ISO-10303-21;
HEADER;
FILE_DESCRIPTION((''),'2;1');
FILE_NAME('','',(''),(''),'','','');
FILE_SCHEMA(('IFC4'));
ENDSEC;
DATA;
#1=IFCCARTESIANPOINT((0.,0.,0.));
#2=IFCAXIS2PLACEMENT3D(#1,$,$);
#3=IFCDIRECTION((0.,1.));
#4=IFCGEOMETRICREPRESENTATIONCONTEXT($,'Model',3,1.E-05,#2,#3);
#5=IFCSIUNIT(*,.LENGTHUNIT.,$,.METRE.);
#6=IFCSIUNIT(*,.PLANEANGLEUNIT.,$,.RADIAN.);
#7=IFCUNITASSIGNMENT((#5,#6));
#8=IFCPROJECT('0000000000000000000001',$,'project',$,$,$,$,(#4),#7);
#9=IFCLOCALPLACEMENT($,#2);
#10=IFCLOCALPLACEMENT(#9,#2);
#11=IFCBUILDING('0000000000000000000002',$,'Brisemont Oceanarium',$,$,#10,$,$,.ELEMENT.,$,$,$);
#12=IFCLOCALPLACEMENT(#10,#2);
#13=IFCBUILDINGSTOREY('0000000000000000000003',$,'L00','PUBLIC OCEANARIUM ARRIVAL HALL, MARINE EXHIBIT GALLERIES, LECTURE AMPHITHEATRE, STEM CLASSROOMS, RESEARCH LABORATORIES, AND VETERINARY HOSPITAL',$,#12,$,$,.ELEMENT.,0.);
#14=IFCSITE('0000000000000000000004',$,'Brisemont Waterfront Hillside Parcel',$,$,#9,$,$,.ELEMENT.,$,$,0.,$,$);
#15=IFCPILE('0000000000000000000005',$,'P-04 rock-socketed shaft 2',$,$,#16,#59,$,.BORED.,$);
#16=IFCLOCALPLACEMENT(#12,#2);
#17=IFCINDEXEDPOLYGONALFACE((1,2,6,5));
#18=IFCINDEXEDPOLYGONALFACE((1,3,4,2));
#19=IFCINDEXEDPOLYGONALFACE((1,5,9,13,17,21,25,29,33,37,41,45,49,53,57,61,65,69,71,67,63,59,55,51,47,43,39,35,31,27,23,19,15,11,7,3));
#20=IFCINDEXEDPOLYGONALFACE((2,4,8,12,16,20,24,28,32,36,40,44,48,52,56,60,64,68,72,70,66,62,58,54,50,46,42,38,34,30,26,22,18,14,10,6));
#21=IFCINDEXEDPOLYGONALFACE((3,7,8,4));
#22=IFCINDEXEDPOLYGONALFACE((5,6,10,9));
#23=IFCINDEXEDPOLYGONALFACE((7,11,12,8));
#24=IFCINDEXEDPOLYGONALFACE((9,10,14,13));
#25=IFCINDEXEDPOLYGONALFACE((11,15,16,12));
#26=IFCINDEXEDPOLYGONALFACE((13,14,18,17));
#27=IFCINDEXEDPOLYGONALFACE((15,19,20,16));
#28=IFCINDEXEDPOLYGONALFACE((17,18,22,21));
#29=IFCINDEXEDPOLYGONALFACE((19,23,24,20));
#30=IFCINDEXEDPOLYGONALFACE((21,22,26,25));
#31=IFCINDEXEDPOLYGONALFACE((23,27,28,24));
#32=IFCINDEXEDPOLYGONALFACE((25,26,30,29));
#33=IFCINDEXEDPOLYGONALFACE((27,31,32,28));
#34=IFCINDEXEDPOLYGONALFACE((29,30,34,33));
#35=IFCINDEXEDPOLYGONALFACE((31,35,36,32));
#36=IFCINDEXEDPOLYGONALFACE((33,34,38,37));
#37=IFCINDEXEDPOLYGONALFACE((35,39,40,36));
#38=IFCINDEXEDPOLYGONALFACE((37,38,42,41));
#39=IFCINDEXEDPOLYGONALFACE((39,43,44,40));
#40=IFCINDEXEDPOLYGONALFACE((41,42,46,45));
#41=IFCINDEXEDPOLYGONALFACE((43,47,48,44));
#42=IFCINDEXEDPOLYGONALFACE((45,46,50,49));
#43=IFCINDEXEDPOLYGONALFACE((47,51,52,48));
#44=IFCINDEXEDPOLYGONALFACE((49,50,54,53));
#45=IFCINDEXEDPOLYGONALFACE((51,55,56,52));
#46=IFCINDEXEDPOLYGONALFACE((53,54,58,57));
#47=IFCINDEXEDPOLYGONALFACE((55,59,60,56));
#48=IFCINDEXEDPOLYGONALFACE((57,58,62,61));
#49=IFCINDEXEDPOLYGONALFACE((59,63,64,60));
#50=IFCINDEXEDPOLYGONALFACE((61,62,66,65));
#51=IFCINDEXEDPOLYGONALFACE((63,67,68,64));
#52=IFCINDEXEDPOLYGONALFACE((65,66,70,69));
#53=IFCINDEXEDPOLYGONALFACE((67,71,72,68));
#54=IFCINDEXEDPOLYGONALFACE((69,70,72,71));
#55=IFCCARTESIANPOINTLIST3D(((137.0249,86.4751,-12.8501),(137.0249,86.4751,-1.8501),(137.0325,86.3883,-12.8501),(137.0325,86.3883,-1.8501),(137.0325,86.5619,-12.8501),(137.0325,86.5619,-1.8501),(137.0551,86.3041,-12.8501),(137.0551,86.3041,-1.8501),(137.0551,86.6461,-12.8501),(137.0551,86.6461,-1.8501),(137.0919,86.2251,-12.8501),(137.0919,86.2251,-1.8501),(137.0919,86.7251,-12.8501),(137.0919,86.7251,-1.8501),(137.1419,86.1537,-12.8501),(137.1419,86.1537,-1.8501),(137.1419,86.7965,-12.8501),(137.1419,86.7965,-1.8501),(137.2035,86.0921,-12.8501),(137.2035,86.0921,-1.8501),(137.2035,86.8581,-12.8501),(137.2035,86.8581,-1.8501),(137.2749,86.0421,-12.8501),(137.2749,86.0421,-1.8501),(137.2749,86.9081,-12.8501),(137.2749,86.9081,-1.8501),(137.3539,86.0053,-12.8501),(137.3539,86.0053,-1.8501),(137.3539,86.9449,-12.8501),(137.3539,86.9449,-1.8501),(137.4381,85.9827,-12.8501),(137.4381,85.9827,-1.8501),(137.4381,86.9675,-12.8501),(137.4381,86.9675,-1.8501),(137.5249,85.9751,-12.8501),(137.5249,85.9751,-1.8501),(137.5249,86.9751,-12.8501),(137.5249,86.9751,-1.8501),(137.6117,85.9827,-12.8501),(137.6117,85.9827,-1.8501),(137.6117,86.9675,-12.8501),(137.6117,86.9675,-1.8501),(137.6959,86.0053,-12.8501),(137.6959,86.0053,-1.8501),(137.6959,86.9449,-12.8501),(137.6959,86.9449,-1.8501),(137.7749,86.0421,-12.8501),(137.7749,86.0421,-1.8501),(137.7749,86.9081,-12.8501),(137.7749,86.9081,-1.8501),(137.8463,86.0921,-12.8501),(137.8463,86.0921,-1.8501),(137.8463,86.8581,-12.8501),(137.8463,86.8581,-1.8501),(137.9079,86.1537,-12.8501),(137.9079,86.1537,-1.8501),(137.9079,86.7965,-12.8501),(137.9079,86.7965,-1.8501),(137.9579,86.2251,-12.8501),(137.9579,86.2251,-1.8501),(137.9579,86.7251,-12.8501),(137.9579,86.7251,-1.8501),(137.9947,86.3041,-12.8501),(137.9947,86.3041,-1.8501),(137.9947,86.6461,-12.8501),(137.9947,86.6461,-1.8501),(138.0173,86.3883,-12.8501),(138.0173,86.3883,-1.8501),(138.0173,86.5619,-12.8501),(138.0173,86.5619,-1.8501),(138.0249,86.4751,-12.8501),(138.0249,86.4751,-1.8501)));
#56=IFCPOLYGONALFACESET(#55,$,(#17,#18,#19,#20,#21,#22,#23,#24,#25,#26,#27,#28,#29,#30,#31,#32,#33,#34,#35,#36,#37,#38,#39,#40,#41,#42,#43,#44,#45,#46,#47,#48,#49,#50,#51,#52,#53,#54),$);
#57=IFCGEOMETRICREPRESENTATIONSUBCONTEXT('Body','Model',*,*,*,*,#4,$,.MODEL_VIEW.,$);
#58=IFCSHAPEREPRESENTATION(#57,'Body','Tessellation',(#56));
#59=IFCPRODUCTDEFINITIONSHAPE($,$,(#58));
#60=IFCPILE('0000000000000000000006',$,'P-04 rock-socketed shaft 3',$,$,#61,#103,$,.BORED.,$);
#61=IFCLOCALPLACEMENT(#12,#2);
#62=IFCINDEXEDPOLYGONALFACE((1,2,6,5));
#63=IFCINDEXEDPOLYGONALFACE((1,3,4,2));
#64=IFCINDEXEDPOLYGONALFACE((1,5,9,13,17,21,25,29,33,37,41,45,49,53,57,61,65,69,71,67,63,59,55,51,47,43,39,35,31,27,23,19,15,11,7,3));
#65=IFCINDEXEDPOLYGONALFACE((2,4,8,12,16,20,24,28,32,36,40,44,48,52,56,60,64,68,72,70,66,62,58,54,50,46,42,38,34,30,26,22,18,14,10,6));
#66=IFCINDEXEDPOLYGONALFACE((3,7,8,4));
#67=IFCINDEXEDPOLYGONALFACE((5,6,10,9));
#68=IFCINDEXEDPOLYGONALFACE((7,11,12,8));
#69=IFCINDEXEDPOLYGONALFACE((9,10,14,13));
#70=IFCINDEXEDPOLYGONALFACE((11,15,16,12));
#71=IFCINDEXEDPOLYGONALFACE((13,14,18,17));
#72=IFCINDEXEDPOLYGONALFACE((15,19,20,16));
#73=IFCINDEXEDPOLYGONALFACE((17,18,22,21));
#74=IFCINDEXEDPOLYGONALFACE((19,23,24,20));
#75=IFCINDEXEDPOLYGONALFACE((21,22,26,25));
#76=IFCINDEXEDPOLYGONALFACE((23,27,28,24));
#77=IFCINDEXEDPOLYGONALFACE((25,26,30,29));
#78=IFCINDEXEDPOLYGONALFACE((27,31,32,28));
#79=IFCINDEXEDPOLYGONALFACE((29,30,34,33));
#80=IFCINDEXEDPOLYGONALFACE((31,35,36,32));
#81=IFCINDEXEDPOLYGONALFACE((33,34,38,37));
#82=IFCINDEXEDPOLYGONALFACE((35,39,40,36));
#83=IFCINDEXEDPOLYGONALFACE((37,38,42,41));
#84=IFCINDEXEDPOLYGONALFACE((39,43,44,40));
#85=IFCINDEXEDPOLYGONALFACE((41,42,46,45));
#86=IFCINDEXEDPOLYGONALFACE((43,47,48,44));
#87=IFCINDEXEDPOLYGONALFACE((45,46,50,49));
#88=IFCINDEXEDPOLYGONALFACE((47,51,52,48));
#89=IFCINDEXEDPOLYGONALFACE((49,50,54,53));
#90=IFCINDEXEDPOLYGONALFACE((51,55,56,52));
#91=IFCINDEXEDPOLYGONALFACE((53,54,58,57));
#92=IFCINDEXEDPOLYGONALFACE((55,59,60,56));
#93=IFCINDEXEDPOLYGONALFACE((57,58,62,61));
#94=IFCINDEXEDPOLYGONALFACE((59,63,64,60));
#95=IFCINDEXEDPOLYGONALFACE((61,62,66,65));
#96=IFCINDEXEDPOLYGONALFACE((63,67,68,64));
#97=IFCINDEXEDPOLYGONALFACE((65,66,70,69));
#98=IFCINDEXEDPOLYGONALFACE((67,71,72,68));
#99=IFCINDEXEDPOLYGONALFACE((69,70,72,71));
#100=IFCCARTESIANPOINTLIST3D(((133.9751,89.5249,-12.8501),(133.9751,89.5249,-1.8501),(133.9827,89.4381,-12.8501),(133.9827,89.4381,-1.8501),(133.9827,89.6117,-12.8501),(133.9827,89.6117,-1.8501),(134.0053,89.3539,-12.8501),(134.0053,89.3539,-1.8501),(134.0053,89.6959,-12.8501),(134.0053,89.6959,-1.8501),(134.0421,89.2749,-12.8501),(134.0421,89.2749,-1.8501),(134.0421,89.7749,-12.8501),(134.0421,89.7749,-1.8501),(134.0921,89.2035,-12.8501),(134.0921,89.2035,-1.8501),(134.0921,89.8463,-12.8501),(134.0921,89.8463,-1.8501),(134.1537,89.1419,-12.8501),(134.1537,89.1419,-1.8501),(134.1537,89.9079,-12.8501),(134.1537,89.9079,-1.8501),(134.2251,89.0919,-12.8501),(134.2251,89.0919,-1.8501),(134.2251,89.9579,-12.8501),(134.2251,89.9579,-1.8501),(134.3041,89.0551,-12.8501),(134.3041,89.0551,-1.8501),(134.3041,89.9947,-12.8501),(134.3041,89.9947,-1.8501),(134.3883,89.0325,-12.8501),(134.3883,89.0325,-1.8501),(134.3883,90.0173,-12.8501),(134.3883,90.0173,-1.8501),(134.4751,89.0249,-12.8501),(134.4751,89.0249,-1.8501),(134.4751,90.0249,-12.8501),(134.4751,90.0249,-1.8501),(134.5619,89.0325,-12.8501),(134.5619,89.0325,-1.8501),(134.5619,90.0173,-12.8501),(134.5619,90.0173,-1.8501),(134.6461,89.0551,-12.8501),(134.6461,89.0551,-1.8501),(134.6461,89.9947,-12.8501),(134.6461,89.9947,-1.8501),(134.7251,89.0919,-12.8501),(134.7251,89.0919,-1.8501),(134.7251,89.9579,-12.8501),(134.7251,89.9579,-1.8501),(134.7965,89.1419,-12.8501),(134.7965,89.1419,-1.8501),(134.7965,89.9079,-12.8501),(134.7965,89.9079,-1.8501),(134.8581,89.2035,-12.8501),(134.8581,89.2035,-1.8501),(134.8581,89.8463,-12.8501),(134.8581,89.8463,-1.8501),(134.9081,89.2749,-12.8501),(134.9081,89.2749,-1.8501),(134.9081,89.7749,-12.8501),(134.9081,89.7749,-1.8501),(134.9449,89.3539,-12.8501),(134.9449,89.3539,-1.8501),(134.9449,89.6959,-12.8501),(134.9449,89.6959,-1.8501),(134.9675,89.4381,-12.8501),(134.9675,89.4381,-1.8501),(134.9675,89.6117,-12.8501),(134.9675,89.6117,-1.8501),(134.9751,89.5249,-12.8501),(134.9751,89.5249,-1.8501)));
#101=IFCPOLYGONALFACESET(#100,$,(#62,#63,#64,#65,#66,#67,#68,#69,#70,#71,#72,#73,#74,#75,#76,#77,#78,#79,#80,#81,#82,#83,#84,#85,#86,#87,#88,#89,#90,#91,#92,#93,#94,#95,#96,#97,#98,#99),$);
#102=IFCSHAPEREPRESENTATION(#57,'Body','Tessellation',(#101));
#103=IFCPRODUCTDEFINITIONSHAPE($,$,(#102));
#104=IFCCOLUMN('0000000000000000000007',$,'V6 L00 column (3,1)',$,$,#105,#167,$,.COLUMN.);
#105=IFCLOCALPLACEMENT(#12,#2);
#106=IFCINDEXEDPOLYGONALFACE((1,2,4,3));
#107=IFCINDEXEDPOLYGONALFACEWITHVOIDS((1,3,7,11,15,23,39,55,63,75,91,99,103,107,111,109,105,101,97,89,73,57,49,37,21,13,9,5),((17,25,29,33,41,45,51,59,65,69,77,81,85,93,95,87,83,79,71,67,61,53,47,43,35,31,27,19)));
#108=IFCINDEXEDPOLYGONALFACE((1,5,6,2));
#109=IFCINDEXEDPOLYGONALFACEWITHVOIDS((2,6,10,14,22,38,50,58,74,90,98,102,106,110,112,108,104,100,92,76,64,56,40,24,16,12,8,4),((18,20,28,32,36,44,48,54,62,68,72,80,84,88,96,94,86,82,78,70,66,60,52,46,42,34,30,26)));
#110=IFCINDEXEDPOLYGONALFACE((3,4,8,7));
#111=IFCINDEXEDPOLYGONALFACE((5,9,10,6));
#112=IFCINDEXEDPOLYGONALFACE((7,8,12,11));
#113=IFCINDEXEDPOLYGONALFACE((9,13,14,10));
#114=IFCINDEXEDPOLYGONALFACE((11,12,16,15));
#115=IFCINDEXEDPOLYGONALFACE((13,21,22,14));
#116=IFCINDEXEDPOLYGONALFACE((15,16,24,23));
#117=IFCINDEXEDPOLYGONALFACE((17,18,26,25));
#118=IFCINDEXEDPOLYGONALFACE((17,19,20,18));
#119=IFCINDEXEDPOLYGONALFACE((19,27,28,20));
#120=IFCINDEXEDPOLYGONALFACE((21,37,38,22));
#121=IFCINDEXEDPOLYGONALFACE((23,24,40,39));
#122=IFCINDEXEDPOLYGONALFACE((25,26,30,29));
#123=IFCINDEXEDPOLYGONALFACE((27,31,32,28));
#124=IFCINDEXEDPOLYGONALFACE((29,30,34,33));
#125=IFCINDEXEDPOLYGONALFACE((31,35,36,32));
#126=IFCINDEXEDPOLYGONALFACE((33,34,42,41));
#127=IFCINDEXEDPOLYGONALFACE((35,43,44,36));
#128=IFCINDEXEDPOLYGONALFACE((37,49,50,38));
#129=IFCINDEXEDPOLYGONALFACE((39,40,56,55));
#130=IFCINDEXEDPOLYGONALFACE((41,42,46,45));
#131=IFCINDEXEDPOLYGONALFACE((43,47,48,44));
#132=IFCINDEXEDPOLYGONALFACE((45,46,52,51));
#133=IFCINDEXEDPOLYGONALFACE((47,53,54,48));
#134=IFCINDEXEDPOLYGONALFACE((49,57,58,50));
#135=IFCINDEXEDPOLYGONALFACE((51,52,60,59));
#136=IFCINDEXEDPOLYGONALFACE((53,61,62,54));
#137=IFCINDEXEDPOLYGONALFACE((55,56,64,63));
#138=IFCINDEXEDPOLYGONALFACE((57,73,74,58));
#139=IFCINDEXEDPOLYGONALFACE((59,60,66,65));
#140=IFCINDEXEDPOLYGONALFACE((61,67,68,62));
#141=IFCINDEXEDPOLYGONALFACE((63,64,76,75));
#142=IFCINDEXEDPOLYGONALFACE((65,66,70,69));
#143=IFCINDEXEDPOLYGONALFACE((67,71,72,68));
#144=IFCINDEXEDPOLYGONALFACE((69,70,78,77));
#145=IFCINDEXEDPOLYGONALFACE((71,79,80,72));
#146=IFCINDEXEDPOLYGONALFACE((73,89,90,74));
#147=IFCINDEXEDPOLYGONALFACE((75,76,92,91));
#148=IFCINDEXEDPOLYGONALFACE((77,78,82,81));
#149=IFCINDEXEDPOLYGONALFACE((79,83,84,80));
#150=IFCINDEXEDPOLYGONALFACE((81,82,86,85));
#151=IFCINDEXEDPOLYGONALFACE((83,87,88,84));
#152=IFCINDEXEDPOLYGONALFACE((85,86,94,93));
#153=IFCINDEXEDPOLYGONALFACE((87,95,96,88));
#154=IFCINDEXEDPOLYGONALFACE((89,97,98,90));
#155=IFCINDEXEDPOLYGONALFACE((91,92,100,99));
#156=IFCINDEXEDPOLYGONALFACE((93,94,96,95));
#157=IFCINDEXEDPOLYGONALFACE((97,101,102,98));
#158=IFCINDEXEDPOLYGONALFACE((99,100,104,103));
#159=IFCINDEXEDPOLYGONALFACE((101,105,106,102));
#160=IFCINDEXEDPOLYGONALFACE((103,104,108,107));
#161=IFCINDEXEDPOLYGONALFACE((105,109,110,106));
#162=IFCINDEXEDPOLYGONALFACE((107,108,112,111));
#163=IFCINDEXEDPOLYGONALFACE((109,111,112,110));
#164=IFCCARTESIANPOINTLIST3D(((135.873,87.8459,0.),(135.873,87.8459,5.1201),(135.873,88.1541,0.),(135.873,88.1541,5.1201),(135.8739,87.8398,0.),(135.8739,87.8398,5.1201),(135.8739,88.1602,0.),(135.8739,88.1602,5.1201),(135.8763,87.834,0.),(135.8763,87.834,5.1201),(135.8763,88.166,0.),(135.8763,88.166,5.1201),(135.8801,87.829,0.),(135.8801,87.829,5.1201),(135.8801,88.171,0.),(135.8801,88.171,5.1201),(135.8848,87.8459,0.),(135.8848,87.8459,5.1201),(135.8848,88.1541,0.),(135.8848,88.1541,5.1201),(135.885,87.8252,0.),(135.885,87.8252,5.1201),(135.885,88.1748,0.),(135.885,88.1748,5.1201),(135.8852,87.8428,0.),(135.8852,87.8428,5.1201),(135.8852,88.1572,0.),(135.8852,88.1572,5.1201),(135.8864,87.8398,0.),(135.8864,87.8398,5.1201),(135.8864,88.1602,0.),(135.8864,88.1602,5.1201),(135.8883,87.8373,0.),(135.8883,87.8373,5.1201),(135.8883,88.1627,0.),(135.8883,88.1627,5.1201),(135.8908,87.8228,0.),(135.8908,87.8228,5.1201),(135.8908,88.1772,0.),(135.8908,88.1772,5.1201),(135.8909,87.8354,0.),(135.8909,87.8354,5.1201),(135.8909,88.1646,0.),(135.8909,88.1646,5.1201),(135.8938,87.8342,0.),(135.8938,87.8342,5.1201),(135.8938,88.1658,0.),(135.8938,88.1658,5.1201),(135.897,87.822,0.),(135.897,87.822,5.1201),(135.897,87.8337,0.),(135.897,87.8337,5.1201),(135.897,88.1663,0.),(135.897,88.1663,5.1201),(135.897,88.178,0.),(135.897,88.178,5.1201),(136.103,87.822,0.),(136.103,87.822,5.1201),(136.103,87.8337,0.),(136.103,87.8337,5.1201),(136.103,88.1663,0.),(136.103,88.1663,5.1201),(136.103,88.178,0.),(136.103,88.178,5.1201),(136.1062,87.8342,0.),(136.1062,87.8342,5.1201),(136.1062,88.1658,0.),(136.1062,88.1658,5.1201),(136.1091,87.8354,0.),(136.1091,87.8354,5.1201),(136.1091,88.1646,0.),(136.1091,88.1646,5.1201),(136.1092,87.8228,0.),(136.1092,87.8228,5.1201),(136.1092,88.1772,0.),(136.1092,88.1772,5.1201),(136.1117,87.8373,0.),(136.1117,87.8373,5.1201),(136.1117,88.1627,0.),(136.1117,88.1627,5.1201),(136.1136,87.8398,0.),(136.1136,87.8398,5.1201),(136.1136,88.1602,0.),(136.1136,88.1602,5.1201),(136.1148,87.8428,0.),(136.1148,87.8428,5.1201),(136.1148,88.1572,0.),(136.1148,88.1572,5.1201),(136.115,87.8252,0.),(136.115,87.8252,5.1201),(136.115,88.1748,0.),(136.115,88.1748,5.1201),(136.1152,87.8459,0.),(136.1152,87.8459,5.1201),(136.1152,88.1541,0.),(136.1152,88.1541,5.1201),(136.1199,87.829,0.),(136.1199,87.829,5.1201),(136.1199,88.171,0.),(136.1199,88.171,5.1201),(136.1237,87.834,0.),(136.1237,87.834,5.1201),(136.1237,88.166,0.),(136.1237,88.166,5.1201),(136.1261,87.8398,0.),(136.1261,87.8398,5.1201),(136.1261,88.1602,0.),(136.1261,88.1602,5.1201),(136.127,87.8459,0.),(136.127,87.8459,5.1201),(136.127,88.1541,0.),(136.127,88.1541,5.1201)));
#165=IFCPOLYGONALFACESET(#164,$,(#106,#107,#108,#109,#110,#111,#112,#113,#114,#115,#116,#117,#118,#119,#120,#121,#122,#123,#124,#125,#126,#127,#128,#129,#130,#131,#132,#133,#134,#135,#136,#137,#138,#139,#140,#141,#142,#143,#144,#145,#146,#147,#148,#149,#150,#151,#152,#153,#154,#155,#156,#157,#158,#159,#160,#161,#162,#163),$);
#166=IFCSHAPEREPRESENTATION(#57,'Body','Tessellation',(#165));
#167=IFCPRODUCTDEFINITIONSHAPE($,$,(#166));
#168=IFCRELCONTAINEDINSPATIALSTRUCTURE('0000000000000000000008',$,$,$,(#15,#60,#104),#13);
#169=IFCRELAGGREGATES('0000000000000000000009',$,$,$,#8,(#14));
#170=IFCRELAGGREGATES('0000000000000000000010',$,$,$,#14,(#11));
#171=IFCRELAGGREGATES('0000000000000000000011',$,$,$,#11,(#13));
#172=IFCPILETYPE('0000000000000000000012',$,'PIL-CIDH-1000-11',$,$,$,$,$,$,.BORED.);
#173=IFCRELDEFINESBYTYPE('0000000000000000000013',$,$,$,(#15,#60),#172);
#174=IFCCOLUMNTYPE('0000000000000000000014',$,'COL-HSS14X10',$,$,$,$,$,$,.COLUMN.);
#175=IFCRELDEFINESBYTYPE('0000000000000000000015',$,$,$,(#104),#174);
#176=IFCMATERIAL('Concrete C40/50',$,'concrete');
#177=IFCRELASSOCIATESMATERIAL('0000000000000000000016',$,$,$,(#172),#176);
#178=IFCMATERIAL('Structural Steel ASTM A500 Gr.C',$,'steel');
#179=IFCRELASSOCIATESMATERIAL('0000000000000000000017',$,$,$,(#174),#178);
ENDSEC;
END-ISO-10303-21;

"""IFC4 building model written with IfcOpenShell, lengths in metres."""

from ifc_helpers import new_model, si_unit, direction, frame, origin, origin_2d, place, context, subcontext, project, spatial, hollow_rectangle, circle, extrude, material, material_profile, profile_set, type_object, element, save


model = new_model("IFC4")

# Units and contexts
model_context = context("Model", 3, precision=1e-05, world=origin(), true_north=direction((0.0, 1.0)))
body_context = subcontext(model_context, "Body", "Model", "MODEL_VIEW")
ifc_project = project(units=[si_unit("LENGTHUNIT", "METRE"), si_unit("PLANEANGLEUNIT", "RADIAN")], contexts=[model_context])

# Site, building, storey
site_placement = place(None, origin())
site = spatial("IfcSite", under=ifc_project, at=site_placement, Name="Brisemont Waterfront Hillside Parcel", CompositionType="ELEMENT", RefElevation=0.0)
building_placement = place(site_placement, origin())
building = spatial("IfcBuilding", under=site, at=building_placement, Name="Brisemont Oceanarium", CompositionType="ELEMENT")
storey_placement = place(building_placement, origin())
storey = spatial("IfcBuildingStorey", under=building, at=storey_placement, Name="L00", Description="PUBLIC OCEANARIUM ARRIVAL HALL, MARINE EXHIBIT GALLERIES, LECTURE AMPHITHEATRE, STEM CLASSROOMS, RESEARCH LABORATORIES, AND VETERINARY HOSPITAL", CompositionType="ELEMENT", Elevation=0.0)

# Piles
ifc_material_1 = material(Name="Concrete C40/50", Category="concrete")
ifc_material_profile_1 = material_profile(ifc_material_1, circle(Radius=0.5, at=origin_2d()), Name="CIDH-D1000")
ifc_profile_set_1 = profile_set([ifc_material_profile_1], Name="Concrete C40/50")
pile_type = type_object("IfcPileType", Name="PIL-CIDH-1000-11", PredefinedType="BORED", material=ifc_profile_set_1)
for number, where, z_axis, x_axis, name in (
    (1, (137.5249, 86.4751, -1.8501), (0.0, 0.0, -1.0), (1.0, 0.0, 0.0), "P-04 rock-socketed shaft 2"),
    (2, (134.4751, 89.5249, -1.8501), (0.0, 0.0, -1.0), (1.0, 0.0, 0.0), "P-04 rock-socketed shaft 3"),
):
    element("IfcPile", number, at=place(storey_placement, frame(where, z_axis=z_axis, x_axis=x_axis)), inside=storey, type_object=pile_type, Name=name, PredefinedType="BORED", context=body_context, shape_type="SweptSolid", body=[
        extrude(circle(Radius=0.5, at=origin_2d()), origin(), (0.0, 0.0, 1.0), 11.0),
    ])

# Column
ifc_material_2 = material(Name="Structural Steel ASTM A500 Gr.C", Category="steel")
ifc_material_profile_2 = material_profile(ifc_material_2, hollow_rectangle(XDim=0.2539, YDim=0.356, WallThickness=0.0117, InnerFilletRadius=0.0122, OuterFilletRadius=0.0239, at=origin_2d()), Name="HSS14X10X1/2")
ifc_profile_set_2 = profile_set([ifc_material_profile_2], Name="Structural Steel ASTM A500 Gr.C")
column_type_1 = type_object("IfcColumnType", Name="COL-HSS14X10", PredefinedType="COLUMN", material=ifc_profile_set_2)
column_1_placement = place(storey_placement, frame((136.0, 88.0, 0.0), z_axis=(0.0, 0.0, 1.0), x_axis=(1.0, 0.0, 0.0)))
element("IfcColumn", 3, at=column_1_placement, inside=storey, type_object=column_type_1, Name="V6 L00 column (3,1)", PredefinedType="COLUMN", context=body_context, shape_type="SweptSolid", body=[
    extrude(hollow_rectangle(XDim=0.2539, YDim=0.356, WallThickness=0.0117, InnerFilletRadius=0.0122, OuterFilletRadius=0.0239, at=origin_2d()), origin(), (0.0, 0.0, 1.0), 5.1201),
])

save(model, "model.ifc")
